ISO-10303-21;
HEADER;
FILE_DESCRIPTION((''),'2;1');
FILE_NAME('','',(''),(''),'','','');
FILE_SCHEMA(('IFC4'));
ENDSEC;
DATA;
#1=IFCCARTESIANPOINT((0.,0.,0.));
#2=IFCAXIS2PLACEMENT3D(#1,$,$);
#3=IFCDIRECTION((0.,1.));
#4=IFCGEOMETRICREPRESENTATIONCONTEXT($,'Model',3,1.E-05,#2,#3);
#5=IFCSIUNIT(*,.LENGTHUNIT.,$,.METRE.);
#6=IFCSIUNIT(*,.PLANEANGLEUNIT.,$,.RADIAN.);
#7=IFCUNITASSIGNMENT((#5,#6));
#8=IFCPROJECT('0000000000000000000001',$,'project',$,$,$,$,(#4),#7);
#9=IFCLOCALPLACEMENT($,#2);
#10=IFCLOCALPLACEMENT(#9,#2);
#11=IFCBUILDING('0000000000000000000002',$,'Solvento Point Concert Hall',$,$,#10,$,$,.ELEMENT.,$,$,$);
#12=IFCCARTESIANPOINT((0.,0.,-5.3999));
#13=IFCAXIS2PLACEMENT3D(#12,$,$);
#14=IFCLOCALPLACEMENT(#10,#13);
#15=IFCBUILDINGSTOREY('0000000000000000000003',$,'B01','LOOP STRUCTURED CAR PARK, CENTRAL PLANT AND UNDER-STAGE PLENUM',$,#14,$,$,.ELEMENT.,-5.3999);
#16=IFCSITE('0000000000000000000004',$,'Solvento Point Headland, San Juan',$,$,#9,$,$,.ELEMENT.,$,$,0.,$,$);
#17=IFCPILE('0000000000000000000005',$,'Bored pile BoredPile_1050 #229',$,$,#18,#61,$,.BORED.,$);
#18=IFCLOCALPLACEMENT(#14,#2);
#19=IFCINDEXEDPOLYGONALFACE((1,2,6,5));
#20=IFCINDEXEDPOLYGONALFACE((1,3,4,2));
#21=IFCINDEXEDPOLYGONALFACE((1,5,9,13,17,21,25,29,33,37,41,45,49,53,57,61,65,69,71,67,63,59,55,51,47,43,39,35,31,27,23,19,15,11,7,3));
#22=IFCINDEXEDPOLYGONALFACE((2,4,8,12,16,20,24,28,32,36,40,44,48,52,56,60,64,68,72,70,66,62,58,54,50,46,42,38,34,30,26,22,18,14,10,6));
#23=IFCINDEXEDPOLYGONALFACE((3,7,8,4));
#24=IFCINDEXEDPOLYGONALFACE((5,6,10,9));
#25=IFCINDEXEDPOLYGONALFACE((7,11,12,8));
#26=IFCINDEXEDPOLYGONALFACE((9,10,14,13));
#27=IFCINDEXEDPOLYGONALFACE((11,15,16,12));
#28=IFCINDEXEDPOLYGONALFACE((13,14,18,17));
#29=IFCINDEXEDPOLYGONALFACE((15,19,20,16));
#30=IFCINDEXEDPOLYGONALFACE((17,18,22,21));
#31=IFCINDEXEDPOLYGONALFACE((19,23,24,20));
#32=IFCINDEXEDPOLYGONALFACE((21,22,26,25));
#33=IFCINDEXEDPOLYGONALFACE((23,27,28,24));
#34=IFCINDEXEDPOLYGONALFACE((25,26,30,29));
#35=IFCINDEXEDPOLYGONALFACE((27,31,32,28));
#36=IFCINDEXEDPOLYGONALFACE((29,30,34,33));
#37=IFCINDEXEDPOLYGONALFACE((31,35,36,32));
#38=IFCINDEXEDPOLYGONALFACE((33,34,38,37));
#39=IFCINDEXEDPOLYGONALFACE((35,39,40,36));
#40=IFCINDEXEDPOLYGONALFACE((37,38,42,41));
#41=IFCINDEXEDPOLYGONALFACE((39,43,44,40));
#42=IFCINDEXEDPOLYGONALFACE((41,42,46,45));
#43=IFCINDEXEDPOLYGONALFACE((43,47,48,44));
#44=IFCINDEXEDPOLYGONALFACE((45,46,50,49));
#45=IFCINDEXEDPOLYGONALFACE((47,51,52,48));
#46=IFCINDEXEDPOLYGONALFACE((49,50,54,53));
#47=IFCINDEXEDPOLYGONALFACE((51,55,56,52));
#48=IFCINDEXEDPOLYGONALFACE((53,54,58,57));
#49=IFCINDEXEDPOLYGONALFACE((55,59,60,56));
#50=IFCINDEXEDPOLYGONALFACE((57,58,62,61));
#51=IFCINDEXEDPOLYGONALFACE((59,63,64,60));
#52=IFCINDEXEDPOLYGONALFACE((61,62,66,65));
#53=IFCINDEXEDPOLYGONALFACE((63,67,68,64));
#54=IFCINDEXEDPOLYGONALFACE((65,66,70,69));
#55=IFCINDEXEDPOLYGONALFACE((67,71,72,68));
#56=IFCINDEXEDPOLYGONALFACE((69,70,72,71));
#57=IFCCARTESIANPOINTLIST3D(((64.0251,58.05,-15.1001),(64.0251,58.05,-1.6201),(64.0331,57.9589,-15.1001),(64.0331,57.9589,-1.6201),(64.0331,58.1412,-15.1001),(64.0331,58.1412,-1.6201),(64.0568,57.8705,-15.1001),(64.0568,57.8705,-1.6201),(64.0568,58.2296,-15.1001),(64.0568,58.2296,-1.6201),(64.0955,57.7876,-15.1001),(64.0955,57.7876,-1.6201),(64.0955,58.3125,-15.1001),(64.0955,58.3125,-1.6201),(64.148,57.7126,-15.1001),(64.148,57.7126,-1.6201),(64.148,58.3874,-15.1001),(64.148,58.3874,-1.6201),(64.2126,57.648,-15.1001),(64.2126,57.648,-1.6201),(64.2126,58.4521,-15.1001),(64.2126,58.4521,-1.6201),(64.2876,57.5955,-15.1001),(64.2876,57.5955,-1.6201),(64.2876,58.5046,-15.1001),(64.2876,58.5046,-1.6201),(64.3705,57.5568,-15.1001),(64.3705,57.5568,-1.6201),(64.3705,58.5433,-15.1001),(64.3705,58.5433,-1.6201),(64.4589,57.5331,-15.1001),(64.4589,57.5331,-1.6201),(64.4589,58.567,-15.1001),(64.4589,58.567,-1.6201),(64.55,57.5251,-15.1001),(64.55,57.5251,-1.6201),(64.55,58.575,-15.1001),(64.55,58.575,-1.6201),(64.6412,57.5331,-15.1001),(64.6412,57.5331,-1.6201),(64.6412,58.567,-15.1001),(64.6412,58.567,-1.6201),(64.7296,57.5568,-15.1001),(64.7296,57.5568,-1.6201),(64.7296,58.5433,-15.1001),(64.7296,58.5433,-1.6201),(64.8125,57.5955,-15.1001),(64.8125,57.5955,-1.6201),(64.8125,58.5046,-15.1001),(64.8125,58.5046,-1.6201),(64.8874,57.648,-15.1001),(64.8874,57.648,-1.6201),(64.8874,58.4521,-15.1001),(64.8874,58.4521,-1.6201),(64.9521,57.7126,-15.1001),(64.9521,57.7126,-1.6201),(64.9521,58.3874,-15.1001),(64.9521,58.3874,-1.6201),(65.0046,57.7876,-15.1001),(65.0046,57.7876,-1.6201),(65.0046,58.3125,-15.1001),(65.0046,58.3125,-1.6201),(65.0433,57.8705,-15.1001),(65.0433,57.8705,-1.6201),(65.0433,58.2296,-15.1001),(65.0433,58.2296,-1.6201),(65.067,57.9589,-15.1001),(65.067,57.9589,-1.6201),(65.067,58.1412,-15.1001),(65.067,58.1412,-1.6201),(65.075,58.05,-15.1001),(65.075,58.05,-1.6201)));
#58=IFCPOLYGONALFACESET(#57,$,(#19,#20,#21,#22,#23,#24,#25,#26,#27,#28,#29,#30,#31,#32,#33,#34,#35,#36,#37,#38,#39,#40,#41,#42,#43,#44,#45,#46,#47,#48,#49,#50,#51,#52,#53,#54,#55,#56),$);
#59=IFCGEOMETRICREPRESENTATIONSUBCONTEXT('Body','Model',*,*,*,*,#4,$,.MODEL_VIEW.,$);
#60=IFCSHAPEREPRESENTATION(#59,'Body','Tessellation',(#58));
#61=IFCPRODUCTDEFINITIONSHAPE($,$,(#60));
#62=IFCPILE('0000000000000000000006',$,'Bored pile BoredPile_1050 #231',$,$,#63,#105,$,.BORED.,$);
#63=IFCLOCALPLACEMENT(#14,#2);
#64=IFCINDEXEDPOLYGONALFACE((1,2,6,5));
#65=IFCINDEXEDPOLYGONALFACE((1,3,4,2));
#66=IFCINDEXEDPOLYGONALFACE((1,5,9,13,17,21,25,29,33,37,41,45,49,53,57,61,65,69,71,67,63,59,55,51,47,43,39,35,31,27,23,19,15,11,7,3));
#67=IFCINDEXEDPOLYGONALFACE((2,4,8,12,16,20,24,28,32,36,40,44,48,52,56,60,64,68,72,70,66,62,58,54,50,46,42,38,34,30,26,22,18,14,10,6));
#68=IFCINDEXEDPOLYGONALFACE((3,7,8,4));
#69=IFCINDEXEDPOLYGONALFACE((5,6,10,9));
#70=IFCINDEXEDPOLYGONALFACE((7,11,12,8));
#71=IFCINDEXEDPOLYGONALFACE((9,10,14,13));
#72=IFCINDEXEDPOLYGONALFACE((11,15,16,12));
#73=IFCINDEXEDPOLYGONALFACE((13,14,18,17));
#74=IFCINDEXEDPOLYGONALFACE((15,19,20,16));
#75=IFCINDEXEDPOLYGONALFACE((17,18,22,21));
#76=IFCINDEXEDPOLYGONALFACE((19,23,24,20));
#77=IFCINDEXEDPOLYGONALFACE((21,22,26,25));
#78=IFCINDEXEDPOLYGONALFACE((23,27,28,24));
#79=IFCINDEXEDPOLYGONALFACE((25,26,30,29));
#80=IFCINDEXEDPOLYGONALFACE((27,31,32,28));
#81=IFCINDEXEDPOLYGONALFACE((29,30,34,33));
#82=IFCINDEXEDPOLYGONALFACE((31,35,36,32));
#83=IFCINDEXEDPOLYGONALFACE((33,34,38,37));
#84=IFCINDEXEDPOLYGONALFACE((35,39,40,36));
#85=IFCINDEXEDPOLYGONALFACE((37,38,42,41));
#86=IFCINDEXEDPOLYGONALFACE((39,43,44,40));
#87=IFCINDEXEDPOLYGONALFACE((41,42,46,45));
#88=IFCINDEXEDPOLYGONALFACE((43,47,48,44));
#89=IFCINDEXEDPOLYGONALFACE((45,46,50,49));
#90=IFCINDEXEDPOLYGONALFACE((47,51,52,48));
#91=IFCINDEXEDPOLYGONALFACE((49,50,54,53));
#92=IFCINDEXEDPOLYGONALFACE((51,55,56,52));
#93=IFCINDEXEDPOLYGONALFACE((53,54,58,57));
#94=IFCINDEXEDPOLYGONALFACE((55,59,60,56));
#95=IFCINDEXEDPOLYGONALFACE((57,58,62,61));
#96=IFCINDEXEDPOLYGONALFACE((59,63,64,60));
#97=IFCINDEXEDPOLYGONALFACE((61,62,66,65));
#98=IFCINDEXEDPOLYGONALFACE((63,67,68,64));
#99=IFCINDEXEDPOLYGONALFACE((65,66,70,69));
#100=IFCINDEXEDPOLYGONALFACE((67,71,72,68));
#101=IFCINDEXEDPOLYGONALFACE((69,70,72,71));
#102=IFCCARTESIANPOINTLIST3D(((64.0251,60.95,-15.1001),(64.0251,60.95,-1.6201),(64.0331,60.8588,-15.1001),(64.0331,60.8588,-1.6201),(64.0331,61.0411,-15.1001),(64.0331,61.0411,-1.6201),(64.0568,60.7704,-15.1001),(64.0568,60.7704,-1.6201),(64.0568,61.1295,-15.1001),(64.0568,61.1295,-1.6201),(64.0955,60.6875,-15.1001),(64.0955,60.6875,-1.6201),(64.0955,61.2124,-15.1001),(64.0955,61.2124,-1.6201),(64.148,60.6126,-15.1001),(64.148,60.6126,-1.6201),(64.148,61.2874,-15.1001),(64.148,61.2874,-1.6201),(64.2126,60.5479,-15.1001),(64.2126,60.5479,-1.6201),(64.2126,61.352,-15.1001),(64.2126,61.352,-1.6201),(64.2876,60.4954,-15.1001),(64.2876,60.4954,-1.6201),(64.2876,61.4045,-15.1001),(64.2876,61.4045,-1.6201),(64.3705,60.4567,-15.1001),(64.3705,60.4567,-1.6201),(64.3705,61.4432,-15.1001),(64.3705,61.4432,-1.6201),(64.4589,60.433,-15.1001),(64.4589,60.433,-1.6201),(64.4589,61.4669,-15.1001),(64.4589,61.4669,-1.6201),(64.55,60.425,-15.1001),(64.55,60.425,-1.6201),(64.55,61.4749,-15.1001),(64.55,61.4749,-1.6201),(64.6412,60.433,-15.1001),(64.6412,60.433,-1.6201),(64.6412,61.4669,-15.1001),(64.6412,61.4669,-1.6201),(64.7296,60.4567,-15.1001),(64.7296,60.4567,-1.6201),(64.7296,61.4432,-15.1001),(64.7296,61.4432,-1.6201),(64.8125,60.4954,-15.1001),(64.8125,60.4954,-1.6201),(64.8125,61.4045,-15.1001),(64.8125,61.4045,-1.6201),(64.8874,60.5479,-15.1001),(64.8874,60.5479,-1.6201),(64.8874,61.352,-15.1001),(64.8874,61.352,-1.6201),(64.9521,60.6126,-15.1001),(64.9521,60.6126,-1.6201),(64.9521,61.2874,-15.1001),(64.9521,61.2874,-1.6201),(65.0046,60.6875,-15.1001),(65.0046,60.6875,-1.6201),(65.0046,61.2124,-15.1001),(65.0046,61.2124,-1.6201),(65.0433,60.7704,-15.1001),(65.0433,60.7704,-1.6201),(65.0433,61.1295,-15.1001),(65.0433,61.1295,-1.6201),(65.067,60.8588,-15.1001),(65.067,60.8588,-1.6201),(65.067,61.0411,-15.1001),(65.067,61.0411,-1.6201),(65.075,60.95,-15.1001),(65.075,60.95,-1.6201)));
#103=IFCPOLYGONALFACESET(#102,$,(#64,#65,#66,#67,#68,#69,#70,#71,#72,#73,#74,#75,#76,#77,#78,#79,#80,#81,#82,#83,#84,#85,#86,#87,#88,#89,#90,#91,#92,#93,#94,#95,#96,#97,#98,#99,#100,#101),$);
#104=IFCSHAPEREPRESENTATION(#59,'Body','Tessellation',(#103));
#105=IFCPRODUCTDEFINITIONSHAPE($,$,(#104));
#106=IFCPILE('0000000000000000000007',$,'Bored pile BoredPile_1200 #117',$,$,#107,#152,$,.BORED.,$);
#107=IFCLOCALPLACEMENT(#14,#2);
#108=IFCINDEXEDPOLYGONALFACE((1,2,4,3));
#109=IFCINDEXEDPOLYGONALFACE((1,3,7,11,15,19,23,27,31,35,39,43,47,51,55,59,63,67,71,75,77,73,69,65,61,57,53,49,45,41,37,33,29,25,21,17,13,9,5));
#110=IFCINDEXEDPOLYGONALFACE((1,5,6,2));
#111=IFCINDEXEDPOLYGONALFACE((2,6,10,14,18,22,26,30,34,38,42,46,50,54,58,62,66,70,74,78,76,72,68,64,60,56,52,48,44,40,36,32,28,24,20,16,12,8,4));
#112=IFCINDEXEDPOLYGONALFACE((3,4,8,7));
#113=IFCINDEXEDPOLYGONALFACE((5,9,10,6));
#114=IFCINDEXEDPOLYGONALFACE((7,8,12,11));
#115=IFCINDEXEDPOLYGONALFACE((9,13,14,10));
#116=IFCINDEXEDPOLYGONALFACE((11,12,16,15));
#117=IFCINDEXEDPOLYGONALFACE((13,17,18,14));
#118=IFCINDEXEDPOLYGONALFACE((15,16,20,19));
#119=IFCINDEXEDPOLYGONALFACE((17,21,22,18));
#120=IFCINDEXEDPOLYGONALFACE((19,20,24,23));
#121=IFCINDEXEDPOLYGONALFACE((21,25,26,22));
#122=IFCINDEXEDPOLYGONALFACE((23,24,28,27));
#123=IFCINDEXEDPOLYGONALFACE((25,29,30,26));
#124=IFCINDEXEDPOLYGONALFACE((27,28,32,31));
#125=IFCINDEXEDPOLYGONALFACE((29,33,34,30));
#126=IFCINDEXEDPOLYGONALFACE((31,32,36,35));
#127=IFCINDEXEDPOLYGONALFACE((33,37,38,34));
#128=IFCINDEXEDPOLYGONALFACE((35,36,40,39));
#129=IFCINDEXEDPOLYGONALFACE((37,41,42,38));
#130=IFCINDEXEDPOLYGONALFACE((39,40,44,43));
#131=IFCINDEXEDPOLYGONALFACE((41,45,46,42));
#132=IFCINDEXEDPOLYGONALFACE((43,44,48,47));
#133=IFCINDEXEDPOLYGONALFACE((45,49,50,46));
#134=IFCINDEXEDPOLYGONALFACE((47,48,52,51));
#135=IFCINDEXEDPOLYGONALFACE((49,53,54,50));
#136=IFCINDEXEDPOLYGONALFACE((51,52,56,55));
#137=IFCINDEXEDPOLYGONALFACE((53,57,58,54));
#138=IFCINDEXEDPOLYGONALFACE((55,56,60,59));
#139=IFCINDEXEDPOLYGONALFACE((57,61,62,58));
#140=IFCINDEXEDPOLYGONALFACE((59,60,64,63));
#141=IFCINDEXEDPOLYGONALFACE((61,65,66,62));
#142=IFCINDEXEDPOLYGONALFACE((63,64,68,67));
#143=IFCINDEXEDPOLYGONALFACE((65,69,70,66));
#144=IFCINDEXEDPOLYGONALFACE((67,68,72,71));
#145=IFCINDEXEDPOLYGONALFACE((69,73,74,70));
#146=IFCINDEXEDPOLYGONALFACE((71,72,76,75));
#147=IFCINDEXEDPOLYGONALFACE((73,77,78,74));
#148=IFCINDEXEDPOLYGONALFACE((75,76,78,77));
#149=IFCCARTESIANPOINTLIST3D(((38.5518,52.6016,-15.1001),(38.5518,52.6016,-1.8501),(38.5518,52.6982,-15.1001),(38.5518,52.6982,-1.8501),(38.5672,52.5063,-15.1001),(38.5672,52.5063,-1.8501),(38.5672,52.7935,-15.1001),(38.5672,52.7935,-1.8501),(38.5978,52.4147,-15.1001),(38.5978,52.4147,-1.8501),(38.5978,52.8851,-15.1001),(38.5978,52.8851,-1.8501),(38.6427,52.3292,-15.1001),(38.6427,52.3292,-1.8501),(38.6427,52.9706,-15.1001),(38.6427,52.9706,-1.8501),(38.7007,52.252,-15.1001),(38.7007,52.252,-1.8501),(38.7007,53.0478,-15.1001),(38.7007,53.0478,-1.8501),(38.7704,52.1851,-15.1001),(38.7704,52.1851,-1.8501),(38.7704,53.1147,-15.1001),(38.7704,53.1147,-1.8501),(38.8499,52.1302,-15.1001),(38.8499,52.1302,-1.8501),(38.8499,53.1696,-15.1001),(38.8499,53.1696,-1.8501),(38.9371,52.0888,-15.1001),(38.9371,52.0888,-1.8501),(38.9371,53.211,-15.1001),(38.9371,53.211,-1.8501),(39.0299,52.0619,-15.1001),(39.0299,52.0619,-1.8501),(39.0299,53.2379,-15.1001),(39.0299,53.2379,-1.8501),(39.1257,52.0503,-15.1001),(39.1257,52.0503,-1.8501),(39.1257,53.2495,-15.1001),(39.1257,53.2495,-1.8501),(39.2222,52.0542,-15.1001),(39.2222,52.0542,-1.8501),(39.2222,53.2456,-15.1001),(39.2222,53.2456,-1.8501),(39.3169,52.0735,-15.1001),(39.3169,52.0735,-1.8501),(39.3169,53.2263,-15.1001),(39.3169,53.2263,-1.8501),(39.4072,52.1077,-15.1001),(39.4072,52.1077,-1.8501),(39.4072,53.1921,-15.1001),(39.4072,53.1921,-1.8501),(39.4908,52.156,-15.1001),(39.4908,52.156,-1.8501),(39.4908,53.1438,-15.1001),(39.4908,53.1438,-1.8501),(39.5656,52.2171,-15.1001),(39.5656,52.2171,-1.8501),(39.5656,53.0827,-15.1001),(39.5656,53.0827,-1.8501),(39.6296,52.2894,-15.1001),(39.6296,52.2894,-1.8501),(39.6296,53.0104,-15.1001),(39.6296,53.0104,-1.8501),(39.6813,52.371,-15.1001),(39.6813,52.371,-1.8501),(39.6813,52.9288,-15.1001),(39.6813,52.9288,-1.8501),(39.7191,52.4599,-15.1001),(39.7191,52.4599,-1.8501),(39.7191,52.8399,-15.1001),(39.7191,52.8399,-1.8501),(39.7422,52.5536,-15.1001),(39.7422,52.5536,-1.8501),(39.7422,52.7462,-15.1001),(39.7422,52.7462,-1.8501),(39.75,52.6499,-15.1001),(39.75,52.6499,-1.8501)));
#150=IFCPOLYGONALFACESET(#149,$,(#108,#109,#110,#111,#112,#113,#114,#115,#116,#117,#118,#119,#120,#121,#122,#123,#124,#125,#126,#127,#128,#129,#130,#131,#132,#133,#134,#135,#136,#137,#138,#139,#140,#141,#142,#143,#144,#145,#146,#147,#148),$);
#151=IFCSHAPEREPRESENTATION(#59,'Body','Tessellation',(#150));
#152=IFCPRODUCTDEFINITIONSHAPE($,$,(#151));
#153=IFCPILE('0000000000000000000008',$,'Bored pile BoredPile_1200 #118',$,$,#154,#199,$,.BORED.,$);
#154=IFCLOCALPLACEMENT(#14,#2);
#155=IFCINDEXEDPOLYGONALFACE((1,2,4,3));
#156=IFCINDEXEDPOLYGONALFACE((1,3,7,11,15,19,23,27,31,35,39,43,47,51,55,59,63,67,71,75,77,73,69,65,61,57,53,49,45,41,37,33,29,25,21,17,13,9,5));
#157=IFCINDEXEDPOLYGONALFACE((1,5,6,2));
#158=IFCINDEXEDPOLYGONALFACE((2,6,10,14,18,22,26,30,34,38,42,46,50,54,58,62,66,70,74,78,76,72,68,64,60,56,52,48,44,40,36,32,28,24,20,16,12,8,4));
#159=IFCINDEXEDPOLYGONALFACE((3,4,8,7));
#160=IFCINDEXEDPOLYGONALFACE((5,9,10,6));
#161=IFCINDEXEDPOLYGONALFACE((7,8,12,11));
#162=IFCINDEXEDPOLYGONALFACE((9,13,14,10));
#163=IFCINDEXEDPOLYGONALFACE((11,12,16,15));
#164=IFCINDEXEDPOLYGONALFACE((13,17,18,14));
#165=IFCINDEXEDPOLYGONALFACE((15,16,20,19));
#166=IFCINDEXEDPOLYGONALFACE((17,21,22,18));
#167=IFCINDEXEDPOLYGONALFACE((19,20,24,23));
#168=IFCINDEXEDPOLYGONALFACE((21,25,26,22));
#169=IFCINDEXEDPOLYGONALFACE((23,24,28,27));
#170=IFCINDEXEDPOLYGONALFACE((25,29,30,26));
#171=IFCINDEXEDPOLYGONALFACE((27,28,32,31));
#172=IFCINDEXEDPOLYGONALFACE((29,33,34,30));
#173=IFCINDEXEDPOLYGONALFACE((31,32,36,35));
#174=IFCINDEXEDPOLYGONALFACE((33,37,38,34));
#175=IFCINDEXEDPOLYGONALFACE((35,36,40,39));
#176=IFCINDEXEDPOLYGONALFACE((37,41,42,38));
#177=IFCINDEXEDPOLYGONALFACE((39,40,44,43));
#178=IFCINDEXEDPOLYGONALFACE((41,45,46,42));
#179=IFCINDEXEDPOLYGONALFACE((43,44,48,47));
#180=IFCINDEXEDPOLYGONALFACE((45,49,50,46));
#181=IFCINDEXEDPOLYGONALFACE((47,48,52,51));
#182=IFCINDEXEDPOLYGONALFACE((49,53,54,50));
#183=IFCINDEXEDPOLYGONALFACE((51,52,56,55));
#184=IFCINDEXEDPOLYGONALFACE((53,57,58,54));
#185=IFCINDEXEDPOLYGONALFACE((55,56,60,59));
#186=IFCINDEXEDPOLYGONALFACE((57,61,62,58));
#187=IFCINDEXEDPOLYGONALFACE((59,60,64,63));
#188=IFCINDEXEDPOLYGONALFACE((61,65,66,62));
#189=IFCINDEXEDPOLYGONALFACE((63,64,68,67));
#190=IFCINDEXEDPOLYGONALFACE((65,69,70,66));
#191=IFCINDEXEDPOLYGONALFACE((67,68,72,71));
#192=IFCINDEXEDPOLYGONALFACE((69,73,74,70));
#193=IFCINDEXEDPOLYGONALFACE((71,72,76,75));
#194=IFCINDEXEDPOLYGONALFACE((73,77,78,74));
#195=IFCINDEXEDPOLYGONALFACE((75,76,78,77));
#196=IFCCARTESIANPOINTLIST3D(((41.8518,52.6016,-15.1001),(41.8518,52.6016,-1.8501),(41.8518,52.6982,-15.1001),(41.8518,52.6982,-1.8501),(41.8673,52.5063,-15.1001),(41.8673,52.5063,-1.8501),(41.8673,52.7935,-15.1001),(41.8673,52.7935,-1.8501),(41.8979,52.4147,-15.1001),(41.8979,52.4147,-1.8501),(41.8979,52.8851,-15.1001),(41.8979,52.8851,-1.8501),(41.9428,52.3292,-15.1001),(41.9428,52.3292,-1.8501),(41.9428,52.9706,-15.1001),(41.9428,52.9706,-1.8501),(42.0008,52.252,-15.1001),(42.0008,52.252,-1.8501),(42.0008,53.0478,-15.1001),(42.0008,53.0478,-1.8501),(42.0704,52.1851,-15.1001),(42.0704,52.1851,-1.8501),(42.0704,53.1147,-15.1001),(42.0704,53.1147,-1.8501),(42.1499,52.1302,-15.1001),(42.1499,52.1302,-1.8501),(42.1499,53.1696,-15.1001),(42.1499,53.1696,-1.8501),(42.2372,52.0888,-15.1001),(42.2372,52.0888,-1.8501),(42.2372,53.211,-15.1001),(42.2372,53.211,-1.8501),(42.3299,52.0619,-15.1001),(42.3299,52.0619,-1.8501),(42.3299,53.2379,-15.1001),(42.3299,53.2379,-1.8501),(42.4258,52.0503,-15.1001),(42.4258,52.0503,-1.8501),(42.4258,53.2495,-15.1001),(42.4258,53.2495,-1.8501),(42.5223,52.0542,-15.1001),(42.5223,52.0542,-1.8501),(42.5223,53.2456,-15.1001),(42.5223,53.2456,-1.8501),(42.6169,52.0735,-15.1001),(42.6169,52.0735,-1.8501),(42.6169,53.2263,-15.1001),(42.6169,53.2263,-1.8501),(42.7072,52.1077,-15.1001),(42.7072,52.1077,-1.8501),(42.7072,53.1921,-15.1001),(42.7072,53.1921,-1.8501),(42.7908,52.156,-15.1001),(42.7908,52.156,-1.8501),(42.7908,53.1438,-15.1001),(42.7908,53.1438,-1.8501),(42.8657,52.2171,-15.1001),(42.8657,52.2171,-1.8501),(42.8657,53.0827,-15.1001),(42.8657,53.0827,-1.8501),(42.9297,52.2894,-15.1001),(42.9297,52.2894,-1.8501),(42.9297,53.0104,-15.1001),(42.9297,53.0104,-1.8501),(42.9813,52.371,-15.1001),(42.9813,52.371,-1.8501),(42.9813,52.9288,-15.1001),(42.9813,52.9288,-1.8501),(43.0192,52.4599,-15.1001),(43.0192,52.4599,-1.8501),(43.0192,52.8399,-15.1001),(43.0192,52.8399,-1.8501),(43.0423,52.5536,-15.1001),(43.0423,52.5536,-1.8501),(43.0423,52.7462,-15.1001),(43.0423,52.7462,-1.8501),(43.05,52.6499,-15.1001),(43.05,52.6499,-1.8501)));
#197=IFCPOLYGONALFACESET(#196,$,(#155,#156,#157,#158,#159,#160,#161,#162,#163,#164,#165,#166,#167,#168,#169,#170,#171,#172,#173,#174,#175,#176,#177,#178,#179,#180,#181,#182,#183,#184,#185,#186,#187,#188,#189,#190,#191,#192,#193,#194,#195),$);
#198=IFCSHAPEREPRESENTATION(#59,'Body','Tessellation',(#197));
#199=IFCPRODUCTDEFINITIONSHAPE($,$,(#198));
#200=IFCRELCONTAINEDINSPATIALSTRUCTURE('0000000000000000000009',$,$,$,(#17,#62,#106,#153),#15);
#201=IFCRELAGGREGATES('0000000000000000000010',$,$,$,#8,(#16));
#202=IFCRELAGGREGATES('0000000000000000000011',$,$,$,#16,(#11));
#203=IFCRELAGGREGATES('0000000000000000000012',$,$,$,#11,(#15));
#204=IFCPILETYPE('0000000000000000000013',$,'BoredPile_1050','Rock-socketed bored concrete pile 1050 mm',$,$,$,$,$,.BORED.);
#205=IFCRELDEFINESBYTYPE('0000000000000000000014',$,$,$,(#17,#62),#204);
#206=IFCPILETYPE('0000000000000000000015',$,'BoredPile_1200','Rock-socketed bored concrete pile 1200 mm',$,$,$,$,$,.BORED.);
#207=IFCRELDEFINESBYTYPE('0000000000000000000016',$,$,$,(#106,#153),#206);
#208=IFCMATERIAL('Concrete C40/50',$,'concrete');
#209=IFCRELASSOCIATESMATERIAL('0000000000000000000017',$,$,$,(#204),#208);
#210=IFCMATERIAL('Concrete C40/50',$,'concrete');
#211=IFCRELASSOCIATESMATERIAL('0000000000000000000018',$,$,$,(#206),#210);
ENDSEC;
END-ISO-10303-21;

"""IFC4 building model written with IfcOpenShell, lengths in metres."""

from ifc_helpers import new_model, si_unit, direction, frame, origin, origin_2d, place, context, subcontext, project, spatial, circle, extrude, material, material_profile, profile_set, type_object, element, save


model = new_model("IFC4")

# Units and contexts
model_context = context("Model", 3, precision=1e-05, world=origin(), true_north=direction((0.0, 1.0)))
body_context = subcontext(model_context, "Body", "Model", "MODEL_VIEW")
ifc_project = project(units=[si_unit("LENGTHUNIT", "METRE"), si_unit("PLANEANGLEUNIT", "RADIAN")], contexts=[model_context])

# Site, building, storey
site_placement = place(None, origin())
site = spatial("IfcSite", under=ifc_project, at=site_placement, Name="Solvento Point Headland, San Juan", CompositionType="ELEMENT", RefElevation=0.0)
building_placement = place(site_placement, origin())
building = spatial("IfcBuilding", under=site, at=building_placement, Name="Solvento Point Concert Hall", CompositionType="ELEMENT")
storey_placement = place(building_placement, frame((0.0, 0.0, -5.3999)))
storey = spatial("IfcBuildingStorey", under=building, at=storey_placement, Name="B01", Description="LOOP STRUCTURED CAR PARK, CENTRAL PLANT AND UNDER-STAGE PLENUM", CompositionType="ELEMENT", Elevation=-5.3999)

# Piles
ifc_material_1 = material(Name="Concrete C40/50", Category="concrete")
ifc_material_profile_1 = material_profile(ifc_material_1, circle(Radius=0.5249, at=origin_2d()), Name="BP-1050")
ifc_profile_set_1 = profile_set([ifc_material_profile_1], Name="Concrete C40/50")
pile_type_1 = type_object("IfcPileType", Name="BoredPile_1050", Description="Rock-socketed bored concrete pile 1050 mm", PredefinedType="BORED", material=ifc_profile_set_1)
for number, where, z_axis, x_axis, name in (
    (1, (64.55, 58.05, -1.6201), (0.0, 0.0, -1.0), (1.0, 0.0, 0.0), "Bored pile BoredPile_1050 #229"),
    (2, (64.55, 60.95, -1.6201), (0.0, 0.0, -1.0), (1.0, 0.0, 0.0), "Bored pile BoredPile_1050 #231"),
):
    element("IfcPile", number, at=place(storey_placement, frame(where, z_axis=z_axis, x_axis=x_axis)), inside=storey, type_object=pile_type_1, Name=name, PredefinedType="BORED", context=body_context, shape_type="SweptSolid", body=[
        extrude(circle(Radius=0.5249, at=origin_2d()), origin(), (0.0, 0.0, 1.0), 13.48),
    ])
ifc_material_2 = material(Name="Concrete C40/50", Category="concrete")
ifc_material_profile_2 = material_profile(ifc_material_2, circle(Radius=0.6001, at=origin_2d()), Name="BP-1200")
ifc_profile_set_2 = profile_set([ifc_material_profile_2], Name="Concrete C40/50")
pile_type_2 = type_object("IfcPileType", Name="BoredPile_1200", Description="Rock-socketed bored concrete pile 1200 mm", PredefinedType="BORED", material=ifc_profile_set_2)
for number, where, z_axis, x_axis, name in (
    (3, (39.1499, 52.6499, -1.8501), (0.0, 0.0, -1.0), (1.0, 0.0, 0.0), "Bored pile BoredPile_1200 #117"),
    (4, (42.45, 52.6499, -1.8501), (0.0, 0.0, -1.0), (1.0, 0.0, 0.0), "Bored pile BoredPile_1200 #118"),
):
    element("IfcPile", number, at=place(storey_placement, frame(where, z_axis=z_axis, x_axis=x_axis)), inside=storey, type_object=pile_type_2, Name=name, PredefinedType="BORED", context=body_context, shape_type="SweptSolid", body=[
        extrude(circle(Radius=0.6001, at=origin_2d()), origin(), (0.0, 0.0, 1.0), 13.25),
    ])

save(model, "model.ifc")
